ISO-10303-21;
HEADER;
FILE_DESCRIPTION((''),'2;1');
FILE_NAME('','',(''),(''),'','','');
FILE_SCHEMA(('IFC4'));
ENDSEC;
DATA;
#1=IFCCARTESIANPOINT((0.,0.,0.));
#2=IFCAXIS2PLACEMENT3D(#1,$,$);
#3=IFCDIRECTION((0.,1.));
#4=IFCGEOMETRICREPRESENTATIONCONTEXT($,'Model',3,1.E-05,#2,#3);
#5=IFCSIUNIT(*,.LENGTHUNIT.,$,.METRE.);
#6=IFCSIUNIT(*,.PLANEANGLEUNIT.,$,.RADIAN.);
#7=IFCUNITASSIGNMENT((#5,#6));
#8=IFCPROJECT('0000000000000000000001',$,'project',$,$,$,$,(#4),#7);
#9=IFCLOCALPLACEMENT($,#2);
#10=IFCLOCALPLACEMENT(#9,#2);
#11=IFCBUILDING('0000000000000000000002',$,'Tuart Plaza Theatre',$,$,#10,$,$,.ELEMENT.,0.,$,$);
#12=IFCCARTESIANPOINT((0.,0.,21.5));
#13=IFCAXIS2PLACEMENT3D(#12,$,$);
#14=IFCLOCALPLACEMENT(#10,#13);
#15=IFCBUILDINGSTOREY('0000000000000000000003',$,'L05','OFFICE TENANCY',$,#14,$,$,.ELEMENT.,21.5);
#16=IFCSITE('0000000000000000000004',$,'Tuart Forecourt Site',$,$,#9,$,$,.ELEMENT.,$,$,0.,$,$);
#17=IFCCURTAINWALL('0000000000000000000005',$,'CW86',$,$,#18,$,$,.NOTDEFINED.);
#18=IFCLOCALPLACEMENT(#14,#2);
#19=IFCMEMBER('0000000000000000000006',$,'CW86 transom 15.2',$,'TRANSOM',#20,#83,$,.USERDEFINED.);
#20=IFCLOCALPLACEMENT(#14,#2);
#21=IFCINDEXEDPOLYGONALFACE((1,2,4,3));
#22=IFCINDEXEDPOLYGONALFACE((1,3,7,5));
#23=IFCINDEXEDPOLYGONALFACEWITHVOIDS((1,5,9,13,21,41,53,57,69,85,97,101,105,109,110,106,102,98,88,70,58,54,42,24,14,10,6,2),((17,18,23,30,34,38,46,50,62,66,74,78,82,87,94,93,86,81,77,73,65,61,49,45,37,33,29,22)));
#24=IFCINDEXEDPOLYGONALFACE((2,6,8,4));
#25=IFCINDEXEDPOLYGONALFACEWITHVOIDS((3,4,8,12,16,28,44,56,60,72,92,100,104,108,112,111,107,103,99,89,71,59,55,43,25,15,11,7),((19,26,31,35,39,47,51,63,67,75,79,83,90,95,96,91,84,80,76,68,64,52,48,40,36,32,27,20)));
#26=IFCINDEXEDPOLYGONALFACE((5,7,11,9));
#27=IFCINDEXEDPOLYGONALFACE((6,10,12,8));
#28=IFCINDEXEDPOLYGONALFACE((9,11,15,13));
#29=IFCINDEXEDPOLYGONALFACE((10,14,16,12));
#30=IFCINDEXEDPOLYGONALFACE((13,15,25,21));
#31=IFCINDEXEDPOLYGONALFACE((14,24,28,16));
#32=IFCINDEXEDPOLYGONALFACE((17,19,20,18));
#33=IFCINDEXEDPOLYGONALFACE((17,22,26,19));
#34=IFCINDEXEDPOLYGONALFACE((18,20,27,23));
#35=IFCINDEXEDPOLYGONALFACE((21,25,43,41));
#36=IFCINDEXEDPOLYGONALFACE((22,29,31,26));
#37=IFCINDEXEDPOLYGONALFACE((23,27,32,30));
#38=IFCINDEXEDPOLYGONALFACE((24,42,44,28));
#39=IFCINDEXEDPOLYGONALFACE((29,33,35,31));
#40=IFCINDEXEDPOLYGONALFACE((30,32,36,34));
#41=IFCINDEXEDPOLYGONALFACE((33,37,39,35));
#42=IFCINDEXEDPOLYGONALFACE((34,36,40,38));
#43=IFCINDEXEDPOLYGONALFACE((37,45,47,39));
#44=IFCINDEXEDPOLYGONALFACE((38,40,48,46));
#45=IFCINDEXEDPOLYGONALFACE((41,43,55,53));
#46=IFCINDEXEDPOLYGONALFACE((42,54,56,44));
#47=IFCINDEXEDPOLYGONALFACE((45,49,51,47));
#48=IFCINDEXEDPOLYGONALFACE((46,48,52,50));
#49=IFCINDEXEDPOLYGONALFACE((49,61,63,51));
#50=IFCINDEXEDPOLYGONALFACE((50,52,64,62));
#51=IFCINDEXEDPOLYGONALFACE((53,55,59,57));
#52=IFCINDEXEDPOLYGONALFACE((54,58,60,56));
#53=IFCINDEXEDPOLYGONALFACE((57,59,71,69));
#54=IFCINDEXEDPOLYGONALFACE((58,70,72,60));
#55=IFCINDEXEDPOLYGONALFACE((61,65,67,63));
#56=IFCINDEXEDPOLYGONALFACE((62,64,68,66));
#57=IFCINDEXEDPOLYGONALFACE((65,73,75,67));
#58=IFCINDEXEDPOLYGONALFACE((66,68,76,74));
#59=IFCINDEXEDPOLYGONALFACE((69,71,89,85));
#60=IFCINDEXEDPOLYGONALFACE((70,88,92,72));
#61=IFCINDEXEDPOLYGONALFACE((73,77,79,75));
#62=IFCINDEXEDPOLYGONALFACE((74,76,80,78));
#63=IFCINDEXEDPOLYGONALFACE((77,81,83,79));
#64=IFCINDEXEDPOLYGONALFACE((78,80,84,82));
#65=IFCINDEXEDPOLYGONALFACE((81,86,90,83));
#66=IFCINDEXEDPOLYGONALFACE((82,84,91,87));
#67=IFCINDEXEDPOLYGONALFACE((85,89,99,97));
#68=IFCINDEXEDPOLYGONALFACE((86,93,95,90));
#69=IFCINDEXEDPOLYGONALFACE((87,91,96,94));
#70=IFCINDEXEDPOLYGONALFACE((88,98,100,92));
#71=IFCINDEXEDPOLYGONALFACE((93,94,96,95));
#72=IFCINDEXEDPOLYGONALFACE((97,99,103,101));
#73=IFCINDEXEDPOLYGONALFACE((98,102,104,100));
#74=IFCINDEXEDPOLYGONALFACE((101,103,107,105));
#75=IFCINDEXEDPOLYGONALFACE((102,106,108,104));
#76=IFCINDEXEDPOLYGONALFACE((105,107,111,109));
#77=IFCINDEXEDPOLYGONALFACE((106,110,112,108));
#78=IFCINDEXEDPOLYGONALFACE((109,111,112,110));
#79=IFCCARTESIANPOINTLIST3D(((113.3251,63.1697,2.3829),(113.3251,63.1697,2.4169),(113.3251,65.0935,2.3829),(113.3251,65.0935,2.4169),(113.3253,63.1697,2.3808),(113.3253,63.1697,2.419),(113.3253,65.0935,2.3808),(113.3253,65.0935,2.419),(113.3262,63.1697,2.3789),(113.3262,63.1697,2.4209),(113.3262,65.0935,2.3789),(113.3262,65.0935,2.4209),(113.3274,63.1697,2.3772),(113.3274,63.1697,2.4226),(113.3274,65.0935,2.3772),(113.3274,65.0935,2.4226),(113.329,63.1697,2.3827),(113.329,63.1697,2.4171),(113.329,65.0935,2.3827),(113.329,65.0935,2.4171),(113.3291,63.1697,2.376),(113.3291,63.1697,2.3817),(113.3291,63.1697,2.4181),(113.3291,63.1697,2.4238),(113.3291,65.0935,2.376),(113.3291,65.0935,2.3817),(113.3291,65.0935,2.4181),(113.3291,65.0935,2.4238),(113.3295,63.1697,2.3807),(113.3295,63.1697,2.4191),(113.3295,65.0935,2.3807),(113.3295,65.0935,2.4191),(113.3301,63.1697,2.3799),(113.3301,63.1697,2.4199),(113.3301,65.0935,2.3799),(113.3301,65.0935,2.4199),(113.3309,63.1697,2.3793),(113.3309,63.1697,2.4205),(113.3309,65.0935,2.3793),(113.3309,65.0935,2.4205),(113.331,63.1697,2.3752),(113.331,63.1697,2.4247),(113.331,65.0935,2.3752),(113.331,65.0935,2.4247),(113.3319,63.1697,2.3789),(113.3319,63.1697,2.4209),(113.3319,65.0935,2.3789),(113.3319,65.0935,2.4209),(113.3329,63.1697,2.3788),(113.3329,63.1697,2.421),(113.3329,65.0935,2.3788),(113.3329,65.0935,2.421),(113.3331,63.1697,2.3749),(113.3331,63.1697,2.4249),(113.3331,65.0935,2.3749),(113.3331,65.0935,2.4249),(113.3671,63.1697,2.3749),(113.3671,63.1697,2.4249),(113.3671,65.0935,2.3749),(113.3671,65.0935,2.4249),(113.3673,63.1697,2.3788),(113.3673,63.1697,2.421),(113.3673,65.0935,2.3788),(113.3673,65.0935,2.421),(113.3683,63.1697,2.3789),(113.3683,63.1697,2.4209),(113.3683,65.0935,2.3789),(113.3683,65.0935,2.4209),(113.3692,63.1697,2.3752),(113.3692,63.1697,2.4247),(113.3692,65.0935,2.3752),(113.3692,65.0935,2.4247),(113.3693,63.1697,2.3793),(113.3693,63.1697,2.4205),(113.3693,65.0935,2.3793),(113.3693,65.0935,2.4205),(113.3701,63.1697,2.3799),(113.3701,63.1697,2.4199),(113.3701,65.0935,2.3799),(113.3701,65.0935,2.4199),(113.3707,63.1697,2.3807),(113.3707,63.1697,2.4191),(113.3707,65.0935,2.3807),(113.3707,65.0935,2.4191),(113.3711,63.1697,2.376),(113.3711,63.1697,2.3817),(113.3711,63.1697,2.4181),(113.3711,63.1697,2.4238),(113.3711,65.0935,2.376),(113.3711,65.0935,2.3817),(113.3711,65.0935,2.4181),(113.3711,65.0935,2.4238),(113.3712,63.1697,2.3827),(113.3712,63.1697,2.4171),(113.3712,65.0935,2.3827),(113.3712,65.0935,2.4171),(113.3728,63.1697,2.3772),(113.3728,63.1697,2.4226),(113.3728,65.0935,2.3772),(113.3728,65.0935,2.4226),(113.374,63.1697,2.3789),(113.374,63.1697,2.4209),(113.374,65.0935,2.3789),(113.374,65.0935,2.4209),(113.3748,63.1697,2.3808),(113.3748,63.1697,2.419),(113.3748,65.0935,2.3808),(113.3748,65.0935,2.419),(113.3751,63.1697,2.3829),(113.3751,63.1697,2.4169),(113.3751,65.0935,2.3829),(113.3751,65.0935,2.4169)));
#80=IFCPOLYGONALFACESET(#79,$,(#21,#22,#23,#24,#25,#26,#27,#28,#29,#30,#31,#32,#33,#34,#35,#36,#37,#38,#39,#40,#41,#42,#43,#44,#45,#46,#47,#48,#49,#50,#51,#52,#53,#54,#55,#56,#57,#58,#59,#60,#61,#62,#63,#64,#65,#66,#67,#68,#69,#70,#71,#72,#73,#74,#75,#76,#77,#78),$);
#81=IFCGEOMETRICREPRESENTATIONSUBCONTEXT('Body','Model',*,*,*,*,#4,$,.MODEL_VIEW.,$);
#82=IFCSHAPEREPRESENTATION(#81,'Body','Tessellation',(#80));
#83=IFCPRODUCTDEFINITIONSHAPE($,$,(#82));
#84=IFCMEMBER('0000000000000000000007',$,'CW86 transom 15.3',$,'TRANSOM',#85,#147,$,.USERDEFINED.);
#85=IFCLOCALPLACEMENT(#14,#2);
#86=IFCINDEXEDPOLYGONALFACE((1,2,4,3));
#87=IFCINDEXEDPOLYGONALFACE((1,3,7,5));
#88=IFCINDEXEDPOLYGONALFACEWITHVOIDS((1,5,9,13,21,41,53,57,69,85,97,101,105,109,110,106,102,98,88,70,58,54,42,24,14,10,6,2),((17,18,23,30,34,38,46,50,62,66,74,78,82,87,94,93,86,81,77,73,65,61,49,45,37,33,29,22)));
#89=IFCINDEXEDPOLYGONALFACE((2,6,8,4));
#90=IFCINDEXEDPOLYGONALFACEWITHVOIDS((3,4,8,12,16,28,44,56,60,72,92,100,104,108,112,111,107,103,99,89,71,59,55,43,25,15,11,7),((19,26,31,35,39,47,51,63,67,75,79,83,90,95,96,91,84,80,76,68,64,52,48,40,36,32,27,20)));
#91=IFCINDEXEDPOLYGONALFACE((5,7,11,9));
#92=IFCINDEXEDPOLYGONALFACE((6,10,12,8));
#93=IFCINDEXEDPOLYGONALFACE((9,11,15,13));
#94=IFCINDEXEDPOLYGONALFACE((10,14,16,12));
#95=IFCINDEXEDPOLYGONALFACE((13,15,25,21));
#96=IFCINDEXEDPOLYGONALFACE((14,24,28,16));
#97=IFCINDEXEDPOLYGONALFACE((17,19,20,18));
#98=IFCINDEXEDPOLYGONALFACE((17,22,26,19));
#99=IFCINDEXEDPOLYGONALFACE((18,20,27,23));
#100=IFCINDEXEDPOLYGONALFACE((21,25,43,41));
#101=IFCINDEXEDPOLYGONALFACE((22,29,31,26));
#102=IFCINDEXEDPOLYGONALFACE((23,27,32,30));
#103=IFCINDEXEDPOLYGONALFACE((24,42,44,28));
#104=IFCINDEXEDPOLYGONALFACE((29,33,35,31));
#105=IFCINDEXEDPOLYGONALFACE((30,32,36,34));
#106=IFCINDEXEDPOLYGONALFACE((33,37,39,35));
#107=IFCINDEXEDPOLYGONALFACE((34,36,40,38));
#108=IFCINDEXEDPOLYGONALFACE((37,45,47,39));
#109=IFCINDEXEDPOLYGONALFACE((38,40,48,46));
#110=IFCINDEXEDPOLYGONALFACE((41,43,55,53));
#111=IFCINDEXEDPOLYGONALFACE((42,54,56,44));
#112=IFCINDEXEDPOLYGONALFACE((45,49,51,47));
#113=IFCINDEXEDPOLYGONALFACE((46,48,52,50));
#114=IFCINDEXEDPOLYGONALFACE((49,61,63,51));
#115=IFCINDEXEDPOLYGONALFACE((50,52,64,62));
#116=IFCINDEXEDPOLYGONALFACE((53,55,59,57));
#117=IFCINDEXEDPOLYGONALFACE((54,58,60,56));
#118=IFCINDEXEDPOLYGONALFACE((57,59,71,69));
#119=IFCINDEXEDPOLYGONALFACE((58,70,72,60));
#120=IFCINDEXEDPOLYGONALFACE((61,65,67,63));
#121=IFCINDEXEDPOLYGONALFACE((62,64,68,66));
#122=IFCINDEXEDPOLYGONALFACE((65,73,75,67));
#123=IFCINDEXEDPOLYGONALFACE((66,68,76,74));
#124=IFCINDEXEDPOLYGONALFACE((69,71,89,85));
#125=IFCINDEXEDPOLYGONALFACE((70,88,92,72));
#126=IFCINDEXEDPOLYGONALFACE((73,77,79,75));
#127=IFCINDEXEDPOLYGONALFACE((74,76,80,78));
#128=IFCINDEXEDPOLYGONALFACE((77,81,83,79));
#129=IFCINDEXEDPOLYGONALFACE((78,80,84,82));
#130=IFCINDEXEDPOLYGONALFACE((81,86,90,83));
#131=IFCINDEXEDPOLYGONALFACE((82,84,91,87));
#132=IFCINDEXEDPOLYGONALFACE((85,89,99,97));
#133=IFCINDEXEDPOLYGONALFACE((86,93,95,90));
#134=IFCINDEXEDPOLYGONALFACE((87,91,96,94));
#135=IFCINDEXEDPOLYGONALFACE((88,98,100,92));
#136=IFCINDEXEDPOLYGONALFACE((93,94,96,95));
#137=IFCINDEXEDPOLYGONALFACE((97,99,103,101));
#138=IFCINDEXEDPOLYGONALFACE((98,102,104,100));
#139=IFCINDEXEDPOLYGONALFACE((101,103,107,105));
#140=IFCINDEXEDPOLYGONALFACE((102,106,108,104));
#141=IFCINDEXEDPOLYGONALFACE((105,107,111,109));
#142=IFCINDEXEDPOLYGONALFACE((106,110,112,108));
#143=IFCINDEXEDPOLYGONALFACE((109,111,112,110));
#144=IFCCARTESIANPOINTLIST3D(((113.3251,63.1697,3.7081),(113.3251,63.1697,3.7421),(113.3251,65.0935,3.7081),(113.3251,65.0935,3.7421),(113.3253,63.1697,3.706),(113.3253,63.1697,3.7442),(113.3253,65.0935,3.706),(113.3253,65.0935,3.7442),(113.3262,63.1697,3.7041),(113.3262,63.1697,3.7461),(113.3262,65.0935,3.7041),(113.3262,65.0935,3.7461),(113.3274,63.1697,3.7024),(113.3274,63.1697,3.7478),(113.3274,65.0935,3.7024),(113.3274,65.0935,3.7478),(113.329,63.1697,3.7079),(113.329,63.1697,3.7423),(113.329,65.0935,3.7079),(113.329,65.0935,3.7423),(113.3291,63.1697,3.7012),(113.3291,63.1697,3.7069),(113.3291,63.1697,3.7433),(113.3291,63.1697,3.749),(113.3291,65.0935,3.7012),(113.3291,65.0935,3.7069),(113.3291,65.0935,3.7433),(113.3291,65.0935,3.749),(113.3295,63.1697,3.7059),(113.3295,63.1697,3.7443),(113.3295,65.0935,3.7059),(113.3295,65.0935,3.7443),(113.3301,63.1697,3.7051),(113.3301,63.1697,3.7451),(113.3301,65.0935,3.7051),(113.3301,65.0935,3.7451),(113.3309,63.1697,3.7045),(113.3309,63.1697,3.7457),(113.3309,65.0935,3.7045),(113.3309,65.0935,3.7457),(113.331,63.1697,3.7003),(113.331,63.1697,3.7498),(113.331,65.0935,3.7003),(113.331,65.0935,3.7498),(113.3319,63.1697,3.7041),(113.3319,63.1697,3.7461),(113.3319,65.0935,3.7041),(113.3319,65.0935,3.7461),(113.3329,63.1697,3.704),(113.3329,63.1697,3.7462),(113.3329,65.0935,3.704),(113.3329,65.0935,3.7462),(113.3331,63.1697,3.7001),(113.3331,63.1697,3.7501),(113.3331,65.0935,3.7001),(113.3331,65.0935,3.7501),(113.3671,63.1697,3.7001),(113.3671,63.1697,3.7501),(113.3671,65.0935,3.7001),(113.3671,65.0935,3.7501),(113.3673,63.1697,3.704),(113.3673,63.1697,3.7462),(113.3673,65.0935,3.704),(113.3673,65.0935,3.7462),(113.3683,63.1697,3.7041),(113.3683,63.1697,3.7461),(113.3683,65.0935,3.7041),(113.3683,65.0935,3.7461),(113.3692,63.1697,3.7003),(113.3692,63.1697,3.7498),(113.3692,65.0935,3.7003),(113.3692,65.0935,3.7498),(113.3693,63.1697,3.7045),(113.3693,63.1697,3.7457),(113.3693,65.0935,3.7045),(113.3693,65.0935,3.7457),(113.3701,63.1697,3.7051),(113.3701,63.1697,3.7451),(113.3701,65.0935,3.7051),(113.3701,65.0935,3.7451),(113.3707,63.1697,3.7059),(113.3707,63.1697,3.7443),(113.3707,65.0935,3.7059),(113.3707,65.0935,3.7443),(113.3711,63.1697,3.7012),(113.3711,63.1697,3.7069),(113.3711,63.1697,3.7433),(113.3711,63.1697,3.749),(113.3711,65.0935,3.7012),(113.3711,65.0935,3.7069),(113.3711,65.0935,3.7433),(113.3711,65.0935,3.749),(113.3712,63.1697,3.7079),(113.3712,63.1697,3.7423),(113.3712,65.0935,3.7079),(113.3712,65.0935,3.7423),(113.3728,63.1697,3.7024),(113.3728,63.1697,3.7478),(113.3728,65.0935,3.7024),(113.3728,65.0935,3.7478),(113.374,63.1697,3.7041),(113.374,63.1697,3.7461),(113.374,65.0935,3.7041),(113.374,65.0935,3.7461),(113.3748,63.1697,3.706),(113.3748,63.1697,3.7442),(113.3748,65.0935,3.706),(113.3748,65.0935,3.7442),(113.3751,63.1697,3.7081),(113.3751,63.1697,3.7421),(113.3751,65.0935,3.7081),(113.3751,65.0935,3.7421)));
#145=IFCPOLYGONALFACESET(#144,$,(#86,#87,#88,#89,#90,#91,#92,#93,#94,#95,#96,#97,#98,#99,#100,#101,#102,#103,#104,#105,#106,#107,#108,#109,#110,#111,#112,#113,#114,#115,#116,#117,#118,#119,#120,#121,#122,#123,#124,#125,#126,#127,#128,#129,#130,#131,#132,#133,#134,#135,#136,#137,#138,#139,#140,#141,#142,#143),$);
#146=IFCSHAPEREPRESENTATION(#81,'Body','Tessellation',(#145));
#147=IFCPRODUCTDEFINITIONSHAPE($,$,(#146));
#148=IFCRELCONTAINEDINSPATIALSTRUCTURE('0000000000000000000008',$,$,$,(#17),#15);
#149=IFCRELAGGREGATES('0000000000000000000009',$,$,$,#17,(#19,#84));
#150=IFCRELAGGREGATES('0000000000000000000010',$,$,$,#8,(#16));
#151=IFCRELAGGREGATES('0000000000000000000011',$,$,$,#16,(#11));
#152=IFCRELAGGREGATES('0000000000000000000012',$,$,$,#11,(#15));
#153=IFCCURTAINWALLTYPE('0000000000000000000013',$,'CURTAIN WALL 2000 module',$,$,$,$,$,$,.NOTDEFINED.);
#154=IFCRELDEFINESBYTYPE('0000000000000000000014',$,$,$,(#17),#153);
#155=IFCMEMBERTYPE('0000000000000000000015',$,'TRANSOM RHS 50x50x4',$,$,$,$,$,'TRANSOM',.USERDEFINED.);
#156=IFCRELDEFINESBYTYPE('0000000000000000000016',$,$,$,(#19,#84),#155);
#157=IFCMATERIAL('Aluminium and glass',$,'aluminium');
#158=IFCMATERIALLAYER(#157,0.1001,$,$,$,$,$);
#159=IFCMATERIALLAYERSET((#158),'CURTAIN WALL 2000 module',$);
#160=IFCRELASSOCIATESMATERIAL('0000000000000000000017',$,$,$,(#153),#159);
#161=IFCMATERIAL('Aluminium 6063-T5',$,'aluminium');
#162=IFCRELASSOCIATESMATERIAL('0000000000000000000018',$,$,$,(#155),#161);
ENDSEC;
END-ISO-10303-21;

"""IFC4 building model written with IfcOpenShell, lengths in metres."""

from ifc_helpers import new_model, si_unit, direction, frame, origin, origin_2d, place, context, subcontext, project, spatial, hollow_rectangle, extrude, material, layer, layer_set, material_profile, profile_set, type_object, element, aggregate, save


model = new_model("IFC4")

# Units and contexts
model_context = context("Model", 3, precision=1e-05, world=origin(), true_north=direction((0.0, 1.0)))
body_context = subcontext(model_context, "Body", "Model", "MODEL_VIEW")
ifc_project = project(units=[si_unit("LENGTHUNIT", "METRE"), si_unit("PLANEANGLEUNIT", "RADIAN")], contexts=[model_context])

# Site, building, storey
site_placement = place(None, origin())
site = spatial("IfcSite", under=ifc_project, at=site_placement, Name="Tuart Forecourt Site", CompositionType="ELEMENT", RefElevation=0.0)
building_placement = place(site_placement, origin())
building = spatial("IfcBuilding", under=site, at=building_placement, Name="Tuart Plaza Theatre", CompositionType="ELEMENT", ElevationOfRefHeight=0.0)
storey_placement = place(building_placement, frame((0.0, 0.0, 21.5)))
storey = spatial("IfcBuildingStorey", under=building, at=storey_placement, Name="L05", Description="OFFICE TENANCY", CompositionType="ELEMENT", Elevation=21.5)

# Curtain wall, members
ifc_material_1 = material(Name="Aluminium and glass", Category="aluminium")
ifc_layer_1 = layer(ifc_material_1, 0.1001)
ifc_layer_set_1 = layer_set([ifc_layer_1], Name="CURTAIN WALL 2000 module")
curtain_wall_type = type_object("IfcCurtainWallType", Name="CURTAIN WALL 2000 module", PredefinedType="NOTDEFINED", material=ifc_layer_set_1)
curtain_wall_placement = place(storey_placement, origin())
curtain_wall = element("IfcCurtainWall", 1, at=curtain_wall_placement, inside=storey, type_object=curtain_wall_type, Name="CW86", PredefinedType="NOTDEFINED")
ifc_material_2 = material(Name="Aluminium 6063-T5", Category="aluminium")
ifc_material_profile_1 = material_profile(ifc_material_2, hollow_rectangle(XDim=0.05, YDim=0.05, WallThickness=0.0039, InnerFilletRadius=0.0039, OuterFilletRadius=0.0081, at=origin_2d()), Name="RHS 50x50x4")
ifc_profile_set_1 = profile_set([ifc_material_profile_1], Name="Aluminium 6063-T5")
member_type_1 = type_object("IfcMemberType", Name="TRANSOM RHS 50x50x4", ElementType="TRANSOM", PredefinedType="USERDEFINED", material=ifc_profile_set_1)
member_1_placement = place(storey_placement, frame((113.3501, 65.0935, 2.3999), z_axis=(0.0, -1.0, 0.0), x_axis=(1.0, 0.0, 0.0)))
member_1 = element("IfcMember", 2, at=member_1_placement, type_object=member_type_1, Name="CW86 transom 15.2", ObjectType="TRANSOM", PredefinedType="USERDEFINED", context=body_context, shape_type="SweptSolid", body=[
    extrude(hollow_rectangle(XDim=0.05, YDim=0.05, WallThickness=0.0039, InnerFilletRadius=0.0039, OuterFilletRadius=0.0081, at=origin_2d()), origin(), (0.0, 0.0, 1.0), 1.9238),
])
member_2_placement = place(storey_placement, frame((113.3501, 65.0935, 3.7251), z_axis=(0.0, -1.0, 0.0), x_axis=(1.0, 0.0, 0.0)))
member_2 = element("IfcMember", 3, at=member_2_placement, type_object=member_type_1, Name="CW86 transom 15.3", ObjectType="TRANSOM", PredefinedType="USERDEFINED", context=body_context, shape_type="SweptSolid", body=[
    extrude(hollow_rectangle(XDim=0.05, YDim=0.05, WallThickness=0.0039, InnerFilletRadius=0.0039, OuterFilletRadius=0.0081, at=origin_2d()), origin(), (0.0, 0.0, 1.0), 1.9238),
])
aggregate(curtain_wall, [member_1, member_2])

save(model, "model.ifc")
